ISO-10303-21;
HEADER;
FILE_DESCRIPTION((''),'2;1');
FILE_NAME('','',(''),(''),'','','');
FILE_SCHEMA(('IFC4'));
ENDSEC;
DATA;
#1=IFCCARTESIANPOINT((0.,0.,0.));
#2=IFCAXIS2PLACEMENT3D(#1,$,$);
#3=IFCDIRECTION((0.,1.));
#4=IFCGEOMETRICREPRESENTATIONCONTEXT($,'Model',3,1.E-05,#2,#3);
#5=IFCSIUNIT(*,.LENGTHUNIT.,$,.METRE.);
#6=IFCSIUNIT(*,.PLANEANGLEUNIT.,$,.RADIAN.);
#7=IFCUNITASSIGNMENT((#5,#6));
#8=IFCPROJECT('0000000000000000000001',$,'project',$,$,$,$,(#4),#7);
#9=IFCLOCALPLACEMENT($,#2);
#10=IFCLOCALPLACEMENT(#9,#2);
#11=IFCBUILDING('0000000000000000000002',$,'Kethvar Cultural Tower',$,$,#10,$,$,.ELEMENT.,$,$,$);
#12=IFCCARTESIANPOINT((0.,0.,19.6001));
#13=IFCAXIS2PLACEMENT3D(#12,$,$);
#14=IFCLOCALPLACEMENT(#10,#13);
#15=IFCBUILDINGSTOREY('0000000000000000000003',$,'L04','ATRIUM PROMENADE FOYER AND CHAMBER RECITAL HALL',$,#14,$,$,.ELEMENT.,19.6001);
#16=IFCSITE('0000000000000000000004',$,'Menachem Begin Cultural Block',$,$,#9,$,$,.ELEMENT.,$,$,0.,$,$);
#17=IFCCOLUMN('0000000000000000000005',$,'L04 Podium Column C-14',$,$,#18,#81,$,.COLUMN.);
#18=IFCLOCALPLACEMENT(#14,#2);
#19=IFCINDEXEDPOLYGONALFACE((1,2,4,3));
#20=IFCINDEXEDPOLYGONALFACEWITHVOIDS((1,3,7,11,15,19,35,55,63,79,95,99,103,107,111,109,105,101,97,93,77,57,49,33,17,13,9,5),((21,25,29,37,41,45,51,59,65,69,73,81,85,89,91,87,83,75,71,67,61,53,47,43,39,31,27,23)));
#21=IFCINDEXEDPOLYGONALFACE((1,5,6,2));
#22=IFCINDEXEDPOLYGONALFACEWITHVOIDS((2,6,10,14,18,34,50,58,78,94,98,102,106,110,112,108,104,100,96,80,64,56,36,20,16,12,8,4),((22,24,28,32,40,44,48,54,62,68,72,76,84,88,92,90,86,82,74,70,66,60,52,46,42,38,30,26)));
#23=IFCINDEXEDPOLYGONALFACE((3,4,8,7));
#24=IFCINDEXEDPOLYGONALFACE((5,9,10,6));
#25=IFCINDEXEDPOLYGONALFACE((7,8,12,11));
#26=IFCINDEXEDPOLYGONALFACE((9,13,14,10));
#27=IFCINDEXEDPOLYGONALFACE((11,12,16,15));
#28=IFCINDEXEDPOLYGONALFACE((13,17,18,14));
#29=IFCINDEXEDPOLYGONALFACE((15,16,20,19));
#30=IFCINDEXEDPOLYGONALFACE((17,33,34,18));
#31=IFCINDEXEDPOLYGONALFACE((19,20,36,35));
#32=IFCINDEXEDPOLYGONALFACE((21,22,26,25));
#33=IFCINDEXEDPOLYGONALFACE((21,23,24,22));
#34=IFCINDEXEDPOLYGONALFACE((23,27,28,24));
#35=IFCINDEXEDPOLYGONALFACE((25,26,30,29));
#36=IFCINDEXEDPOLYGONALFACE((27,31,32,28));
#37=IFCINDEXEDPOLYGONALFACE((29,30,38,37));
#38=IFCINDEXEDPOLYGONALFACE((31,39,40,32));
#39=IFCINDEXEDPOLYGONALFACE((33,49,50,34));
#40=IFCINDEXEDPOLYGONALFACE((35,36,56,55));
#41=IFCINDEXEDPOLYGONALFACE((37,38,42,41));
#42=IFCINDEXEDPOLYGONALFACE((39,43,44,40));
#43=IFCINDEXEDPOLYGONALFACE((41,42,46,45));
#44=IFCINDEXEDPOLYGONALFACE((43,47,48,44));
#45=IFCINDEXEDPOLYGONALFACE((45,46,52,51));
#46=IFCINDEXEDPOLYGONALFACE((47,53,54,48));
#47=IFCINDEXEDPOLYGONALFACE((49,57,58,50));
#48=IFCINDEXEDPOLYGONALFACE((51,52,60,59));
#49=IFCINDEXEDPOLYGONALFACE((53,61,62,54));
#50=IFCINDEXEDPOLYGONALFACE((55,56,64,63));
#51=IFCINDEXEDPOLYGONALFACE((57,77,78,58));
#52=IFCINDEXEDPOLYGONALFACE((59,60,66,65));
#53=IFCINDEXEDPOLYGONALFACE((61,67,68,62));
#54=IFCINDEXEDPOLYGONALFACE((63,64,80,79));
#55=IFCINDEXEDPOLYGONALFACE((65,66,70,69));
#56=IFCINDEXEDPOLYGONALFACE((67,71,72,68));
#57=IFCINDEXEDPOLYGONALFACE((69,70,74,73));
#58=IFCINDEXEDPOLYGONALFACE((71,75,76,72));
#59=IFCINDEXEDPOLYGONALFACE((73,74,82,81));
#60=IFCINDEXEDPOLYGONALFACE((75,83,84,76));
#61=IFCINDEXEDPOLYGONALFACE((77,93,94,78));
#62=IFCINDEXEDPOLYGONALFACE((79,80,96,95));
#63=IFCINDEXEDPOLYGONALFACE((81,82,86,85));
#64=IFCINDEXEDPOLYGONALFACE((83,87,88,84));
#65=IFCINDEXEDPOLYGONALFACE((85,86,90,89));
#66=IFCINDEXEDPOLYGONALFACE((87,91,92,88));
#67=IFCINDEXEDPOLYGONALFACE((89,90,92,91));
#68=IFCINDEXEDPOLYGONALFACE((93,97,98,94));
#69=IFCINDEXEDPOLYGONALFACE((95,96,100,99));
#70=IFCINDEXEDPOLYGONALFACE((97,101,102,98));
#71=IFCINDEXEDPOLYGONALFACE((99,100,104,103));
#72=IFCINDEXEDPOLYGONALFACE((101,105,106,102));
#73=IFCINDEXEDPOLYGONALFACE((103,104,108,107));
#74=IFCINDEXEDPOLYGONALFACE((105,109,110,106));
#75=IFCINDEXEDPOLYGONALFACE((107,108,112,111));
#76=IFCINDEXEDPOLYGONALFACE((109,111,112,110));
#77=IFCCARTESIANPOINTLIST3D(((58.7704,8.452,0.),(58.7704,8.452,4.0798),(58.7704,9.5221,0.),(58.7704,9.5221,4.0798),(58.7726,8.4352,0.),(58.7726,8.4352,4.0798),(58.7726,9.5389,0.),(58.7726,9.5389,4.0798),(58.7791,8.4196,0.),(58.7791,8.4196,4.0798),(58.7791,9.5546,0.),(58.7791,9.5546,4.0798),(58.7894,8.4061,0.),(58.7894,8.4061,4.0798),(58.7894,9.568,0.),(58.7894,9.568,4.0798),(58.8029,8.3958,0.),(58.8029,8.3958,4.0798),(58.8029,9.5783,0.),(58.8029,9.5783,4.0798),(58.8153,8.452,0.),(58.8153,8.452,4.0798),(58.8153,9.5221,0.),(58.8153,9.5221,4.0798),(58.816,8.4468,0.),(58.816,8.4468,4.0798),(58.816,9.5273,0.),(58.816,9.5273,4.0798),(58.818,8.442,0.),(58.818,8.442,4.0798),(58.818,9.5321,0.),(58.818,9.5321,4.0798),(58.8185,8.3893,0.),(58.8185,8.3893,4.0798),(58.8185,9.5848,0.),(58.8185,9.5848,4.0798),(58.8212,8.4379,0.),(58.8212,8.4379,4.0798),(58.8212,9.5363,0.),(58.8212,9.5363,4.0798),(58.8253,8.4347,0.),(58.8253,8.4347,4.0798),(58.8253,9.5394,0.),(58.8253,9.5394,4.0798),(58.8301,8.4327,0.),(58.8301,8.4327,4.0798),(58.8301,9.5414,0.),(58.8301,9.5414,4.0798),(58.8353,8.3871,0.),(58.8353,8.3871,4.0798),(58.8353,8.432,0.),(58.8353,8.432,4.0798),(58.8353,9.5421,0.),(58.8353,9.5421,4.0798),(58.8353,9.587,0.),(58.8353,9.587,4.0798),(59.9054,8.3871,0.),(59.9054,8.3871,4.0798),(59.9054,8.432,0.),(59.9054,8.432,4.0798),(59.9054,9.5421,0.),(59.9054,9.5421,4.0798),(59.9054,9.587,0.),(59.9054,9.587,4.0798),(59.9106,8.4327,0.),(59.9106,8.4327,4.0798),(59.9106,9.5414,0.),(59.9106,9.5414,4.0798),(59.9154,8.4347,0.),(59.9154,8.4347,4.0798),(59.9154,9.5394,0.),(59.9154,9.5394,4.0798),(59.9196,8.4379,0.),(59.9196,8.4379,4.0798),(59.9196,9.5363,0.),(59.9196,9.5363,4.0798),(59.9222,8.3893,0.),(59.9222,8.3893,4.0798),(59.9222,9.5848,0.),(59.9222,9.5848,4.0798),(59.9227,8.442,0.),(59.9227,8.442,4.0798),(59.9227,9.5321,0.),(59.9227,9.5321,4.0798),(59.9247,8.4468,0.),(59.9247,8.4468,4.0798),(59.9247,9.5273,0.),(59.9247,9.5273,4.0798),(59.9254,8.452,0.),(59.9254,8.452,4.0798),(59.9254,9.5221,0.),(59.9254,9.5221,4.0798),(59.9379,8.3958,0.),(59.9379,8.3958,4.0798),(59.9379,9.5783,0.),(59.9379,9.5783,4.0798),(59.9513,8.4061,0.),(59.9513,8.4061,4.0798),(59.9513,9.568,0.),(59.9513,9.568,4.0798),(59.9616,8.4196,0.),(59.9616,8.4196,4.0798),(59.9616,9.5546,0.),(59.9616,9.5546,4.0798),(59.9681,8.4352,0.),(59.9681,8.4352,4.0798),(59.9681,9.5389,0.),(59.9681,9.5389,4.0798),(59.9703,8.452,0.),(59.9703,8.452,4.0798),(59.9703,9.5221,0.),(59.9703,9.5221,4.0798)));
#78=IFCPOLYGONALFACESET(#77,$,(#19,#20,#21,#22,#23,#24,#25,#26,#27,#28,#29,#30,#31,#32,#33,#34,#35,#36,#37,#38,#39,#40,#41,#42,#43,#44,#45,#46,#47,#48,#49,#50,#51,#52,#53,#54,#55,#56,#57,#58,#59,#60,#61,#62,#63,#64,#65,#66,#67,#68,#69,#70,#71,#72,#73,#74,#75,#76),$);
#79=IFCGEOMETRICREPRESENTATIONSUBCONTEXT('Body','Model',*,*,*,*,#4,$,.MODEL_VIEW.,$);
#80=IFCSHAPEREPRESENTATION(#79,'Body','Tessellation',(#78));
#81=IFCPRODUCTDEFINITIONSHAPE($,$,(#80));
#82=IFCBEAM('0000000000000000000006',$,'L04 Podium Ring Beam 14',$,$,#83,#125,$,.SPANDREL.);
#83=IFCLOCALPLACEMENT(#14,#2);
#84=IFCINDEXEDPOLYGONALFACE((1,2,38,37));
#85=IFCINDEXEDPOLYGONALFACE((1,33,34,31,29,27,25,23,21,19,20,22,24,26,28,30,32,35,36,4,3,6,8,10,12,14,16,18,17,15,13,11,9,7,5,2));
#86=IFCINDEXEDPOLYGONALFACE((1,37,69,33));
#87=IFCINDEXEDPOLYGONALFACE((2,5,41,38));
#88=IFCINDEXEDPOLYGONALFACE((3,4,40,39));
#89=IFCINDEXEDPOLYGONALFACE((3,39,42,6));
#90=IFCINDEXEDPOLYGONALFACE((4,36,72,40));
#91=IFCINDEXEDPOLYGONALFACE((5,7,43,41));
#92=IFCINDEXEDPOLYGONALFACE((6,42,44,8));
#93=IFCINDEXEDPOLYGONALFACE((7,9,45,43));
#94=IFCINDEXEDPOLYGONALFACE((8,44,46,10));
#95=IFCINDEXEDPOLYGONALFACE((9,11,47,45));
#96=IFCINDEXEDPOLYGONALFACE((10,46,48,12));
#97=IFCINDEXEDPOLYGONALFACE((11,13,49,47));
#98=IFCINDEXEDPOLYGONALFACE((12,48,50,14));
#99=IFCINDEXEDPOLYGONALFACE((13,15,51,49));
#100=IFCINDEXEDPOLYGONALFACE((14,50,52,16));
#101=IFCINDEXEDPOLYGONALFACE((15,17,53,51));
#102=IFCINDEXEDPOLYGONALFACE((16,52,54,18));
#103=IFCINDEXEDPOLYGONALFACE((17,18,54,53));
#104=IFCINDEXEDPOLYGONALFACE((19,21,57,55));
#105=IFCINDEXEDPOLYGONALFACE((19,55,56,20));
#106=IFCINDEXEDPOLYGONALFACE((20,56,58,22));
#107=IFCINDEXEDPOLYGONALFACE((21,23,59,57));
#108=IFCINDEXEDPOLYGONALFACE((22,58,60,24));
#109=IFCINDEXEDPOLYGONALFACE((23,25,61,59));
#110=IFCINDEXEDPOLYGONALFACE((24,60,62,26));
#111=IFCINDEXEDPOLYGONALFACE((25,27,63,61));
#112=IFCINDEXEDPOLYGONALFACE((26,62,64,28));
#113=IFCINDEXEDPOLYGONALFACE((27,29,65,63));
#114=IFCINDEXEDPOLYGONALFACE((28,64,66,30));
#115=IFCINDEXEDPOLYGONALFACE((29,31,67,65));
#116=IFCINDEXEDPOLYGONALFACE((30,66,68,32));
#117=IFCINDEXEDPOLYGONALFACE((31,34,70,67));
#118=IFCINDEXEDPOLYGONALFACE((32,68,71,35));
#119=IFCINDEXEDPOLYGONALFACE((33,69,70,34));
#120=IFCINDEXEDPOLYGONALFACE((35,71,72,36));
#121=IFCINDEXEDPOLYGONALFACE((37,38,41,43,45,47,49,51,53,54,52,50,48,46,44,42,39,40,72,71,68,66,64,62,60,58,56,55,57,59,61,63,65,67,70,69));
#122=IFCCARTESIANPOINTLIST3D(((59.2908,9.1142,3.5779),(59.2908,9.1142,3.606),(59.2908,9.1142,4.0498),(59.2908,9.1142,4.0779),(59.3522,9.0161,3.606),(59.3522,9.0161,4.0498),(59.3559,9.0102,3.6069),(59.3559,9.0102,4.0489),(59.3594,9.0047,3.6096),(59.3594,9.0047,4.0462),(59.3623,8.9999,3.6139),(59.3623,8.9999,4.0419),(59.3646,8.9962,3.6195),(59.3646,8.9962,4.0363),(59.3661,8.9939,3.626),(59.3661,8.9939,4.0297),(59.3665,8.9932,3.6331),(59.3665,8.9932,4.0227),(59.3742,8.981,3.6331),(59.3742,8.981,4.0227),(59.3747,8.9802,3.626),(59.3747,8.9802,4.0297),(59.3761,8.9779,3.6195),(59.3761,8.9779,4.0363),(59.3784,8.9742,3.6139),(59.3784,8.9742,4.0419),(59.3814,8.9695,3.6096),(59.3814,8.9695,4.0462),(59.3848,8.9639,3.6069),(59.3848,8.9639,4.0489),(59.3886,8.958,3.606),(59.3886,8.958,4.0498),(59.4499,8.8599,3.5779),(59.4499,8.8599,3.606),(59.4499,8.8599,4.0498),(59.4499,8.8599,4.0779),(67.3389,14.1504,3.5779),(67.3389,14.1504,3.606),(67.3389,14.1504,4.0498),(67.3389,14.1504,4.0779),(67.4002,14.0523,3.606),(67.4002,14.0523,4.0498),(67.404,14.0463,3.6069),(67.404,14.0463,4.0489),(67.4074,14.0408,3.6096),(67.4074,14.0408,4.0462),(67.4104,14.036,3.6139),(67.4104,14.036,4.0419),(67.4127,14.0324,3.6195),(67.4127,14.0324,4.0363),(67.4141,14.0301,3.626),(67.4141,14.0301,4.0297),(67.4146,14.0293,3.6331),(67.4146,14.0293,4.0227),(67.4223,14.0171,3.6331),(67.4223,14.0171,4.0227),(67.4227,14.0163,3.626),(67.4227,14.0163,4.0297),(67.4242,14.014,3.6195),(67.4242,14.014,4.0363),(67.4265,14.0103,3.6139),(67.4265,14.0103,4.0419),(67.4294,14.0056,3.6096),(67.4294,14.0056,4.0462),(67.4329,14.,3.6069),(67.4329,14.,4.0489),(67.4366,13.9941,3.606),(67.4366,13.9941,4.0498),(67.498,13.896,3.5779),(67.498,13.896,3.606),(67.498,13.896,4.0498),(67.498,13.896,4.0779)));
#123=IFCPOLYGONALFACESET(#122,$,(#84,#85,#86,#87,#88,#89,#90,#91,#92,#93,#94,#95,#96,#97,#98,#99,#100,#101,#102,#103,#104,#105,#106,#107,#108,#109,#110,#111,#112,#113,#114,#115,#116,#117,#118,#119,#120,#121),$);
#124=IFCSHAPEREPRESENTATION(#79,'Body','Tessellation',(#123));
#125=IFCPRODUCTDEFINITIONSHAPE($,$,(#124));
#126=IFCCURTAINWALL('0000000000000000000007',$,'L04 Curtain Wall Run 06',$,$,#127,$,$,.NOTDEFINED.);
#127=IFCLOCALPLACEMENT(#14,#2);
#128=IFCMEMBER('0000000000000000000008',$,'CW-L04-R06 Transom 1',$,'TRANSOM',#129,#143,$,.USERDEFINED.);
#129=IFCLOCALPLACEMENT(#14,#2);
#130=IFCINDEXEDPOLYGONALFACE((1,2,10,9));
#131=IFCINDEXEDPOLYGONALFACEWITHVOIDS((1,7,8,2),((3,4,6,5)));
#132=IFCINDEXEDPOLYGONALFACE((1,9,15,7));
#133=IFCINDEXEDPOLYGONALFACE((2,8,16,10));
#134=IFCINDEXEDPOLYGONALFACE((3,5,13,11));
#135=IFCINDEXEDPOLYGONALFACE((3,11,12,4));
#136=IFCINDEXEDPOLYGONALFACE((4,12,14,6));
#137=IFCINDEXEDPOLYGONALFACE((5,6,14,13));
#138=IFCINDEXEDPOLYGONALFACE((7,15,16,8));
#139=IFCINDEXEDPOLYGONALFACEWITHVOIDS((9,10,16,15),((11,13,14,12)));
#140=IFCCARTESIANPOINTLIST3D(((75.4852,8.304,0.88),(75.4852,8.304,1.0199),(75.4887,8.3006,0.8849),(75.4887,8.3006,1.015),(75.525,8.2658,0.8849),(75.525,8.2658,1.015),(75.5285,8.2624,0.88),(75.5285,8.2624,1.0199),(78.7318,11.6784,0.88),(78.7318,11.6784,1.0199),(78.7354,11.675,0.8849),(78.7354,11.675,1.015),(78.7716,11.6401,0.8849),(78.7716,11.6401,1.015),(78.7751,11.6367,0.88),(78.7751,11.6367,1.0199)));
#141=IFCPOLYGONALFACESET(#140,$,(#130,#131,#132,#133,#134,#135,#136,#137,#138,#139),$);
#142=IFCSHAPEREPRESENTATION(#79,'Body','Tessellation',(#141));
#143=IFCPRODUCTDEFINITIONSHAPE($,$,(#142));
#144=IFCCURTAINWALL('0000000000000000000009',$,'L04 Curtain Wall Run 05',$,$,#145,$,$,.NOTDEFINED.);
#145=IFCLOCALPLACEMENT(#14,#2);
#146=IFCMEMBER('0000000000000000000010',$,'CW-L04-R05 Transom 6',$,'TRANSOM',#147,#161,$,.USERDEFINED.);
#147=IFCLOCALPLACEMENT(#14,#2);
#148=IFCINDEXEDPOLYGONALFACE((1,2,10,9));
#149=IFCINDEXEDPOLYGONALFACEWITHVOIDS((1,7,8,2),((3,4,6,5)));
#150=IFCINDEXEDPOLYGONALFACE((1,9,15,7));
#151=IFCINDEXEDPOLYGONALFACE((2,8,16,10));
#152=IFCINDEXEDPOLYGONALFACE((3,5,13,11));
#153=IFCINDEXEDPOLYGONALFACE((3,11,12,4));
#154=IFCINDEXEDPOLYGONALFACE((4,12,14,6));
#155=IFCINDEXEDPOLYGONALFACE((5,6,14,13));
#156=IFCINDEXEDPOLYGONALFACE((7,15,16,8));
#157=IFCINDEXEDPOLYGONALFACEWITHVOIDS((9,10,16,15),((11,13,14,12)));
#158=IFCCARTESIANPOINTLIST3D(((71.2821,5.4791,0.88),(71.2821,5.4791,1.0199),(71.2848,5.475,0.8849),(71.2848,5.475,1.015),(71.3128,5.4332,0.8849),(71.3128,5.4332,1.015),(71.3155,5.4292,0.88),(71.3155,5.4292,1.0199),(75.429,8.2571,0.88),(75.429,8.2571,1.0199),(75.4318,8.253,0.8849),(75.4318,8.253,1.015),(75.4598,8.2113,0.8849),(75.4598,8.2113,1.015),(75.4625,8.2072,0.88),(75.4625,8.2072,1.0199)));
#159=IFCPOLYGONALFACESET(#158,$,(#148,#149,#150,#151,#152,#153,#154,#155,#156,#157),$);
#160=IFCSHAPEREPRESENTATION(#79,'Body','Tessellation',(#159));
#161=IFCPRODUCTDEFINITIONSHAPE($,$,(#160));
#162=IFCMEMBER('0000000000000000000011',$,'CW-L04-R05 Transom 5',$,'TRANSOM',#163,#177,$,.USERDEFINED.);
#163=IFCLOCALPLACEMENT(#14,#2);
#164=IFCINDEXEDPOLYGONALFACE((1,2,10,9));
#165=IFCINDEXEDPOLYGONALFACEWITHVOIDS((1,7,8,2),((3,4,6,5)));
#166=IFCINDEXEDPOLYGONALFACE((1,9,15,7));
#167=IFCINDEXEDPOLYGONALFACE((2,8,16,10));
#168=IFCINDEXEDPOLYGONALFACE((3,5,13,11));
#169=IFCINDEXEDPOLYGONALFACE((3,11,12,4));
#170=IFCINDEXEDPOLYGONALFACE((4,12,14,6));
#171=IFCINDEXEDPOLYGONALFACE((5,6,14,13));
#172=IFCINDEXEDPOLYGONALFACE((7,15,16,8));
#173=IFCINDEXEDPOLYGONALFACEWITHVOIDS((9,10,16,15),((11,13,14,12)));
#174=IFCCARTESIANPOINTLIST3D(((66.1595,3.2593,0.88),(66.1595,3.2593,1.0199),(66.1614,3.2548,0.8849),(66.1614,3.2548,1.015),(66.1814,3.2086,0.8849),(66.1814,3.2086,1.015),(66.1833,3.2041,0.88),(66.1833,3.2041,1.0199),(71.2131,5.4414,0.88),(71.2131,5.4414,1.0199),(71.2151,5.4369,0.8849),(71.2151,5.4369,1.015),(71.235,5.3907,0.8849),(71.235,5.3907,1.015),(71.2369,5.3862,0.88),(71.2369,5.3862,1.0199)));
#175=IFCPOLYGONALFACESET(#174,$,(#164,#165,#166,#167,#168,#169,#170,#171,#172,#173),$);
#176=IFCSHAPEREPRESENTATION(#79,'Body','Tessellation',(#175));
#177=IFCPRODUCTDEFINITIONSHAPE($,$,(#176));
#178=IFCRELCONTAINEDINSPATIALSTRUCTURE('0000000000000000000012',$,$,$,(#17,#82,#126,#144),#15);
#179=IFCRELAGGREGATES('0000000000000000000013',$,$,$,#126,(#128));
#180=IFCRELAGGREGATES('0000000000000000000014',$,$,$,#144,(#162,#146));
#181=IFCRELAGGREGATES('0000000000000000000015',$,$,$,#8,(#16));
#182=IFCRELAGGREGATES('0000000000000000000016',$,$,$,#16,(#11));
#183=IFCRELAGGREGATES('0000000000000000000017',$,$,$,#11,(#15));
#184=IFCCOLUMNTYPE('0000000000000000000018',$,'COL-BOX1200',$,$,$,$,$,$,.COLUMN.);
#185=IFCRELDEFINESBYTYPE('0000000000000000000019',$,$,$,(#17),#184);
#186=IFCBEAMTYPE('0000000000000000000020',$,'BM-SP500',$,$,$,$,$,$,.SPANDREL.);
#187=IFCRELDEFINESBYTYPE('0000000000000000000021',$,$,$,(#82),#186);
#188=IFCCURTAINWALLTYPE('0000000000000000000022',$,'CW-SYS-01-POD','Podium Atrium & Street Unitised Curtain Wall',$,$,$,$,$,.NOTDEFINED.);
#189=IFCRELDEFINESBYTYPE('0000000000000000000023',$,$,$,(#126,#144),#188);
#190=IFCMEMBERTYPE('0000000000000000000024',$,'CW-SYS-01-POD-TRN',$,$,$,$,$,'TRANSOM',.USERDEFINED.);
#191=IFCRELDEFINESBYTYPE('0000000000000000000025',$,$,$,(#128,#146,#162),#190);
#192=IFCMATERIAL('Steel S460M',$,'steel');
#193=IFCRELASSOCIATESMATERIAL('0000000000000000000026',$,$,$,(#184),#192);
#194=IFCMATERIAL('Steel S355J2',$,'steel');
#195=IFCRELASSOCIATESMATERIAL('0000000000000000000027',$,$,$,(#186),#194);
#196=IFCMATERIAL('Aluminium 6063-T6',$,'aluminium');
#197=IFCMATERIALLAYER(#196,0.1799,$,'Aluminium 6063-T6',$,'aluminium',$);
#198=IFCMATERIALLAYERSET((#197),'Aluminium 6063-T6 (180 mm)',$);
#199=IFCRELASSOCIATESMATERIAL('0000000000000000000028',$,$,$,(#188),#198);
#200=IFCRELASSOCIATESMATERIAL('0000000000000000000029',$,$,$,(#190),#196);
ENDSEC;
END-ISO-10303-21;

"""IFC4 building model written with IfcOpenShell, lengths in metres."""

from ifc_helpers import new_model, si_unit, direction, frame, origin, origin_2d, place, context, subcontext, project, spatial, hollow_rectangle, i_section, extrude, source, transform, mapped, material, layer, layer_set, material_profile, profile_set, type_object, element, aggregate, save


model = new_model("IFC4")

# Units and contexts
model_context = context("Model", 3, precision=1e-05, world=origin(), true_north=direction((0.0, 1.0)))
body_context = subcontext(model_context, "Body", "Model", "MODEL_VIEW")
ifc_project = project(units=[si_unit("LENGTHUNIT", "METRE"), si_unit("PLANEANGLEUNIT", "RADIAN")], contexts=[model_context])

# Site, building, storey
site_placement = place(None, origin())
site = spatial("IfcSite", under=ifc_project, at=site_placement, Name="Menachem Begin Cultural Block", CompositionType="ELEMENT", RefElevation=0.0)
building_placement = place(site_placement, origin())
building = spatial("IfcBuilding", under=site, at=building_placement, Name="Kethvar Cultural Tower", CompositionType="ELEMENT")
storey_placement = place(building_placement, frame((0.0, 0.0, 19.6001)))
storey = spatial("IfcBuildingStorey", under=building, at=storey_placement, Name="L04", Description="ATRIUM PROMENADE FOYER AND CHAMBER RECITAL HALL", CompositionType="ELEMENT", Elevation=19.6001)

# Column
ifc_material_1 = material(Name="Steel S460M", Category="steel")
ifc_material_profile_1 = material_profile(ifc_material_1, hollow_rectangle(XDim=1.2, YDim=1.2, WallThickness=0.0449, InnerFilletRadius=0.02, OuterFilletRadius=0.0649, at=origin_2d()), Name="Steel S460M — BOX1200x1200x45")
ifc_profile_set_1 = profile_set([ifc_material_profile_1], Name="Steel S460M — BOX1200x1200x45")
column_type = type_object("IfcColumnType", Name="COL-BOX1200", PredefinedType="COLUMN", material=ifc_profile_set_1)
shared_shape_1 = source(origin(), body_context, "Body", "SweptSolid", [
    extrude(hollow_rectangle(XDim=1.2, YDim=1.2, WallThickness=0.0449, InnerFilletRadius=0.02, OuterFilletRadius=0.0649, at=origin_2d()), origin(), (0.0, 0.0, 1.0), 4.0798),
])
column_placement = place(storey_placement, frame((59.3704, 8.9871, 0.0), z_axis=(0.0, 0.0, 1.0), x_axis=(1.0, 0.0, 0.0)))
element("IfcColumn", 1, at=column_placement, inside=storey, type_object=column_type, Name="L04 Podium Column C-14", PredefinedType="COLUMN", context=body_context, shape_type="MappedRepresentation", body=[
    mapped(shared_shape_1, transform((0.0, 0.0, 0.0), scale=1.0)),
])

# Beam
ifc_material_2 = material(Name="Steel S355J2", Category="steel")
ifc_material_profile_2 = material_profile(ifc_material_2, i_section(OverallWidth=0.3, OverallDepth=0.5, WebThickness=0.0144, FlangeThickness=0.0281, FilletRadius=0.0271, at=origin_2d()), Name="Steel S355J2 — HEB500")
ifc_profile_set_2 = profile_set([ifc_material_profile_2], Name="Steel S355J2 — HEB500")
beam_type = type_object("IfcBeamType", Name="BM-SP500", PredefinedType="SPANDREL", material=ifc_profile_set_2)
shared_shape_2 = source(origin(), body_context, "Body", "SweptSolid", [
    extrude(i_section(OverallWidth=0.3, OverallDepth=0.5, WebThickness=0.0144, FlangeThickness=0.0281, FilletRadius=0.0271, at=origin_2d()), origin(), (0.0, 0.0, 1.0), 9.4939),
])
beam_placement = place(storey_placement, frame((59.3704, 8.9871, 3.8279), z_axis=(0.847711, 0.530459, 0.0), x_axis=(-0.530459, 0.847711, 0.0)))
element("IfcBeam", 2, at=beam_placement, inside=storey, type_object=beam_type, Name="L04 Podium Ring Beam 14", PredefinedType="SPANDREL", context=body_context, shape_type="MappedRepresentation", body=[
    mapped(shared_shape_2, transform((0.0, 0.0, 0.0), scale=1.0)),
])

# Curtain wall, member
ifc_material_3 = material(Name="Aluminium 6063-T6", Category="aluminium")
ifc_layer_1 = layer(ifc_material_3, 0.1799, Name="Aluminium 6063-T6", Category="aluminium")
ifc_layer_set_1 = layer_set([ifc_layer_1], Name="Aluminium 6063-T6 (180 mm)")
curtain_wall_type = type_object("IfcCurtainWallType", Name="CW-SYS-01-POD", Description="Podium Atrium & Street Unitised Curtain Wall", PredefinedType="NOTDEFINED", material=ifc_layer_set_1)
curtain_wall_1_placement = place(storey_placement, origin())
curtain_wall_1 = element("IfcCurtainWall", 3, at=curtain_wall_1_placement, inside=storey, type_object=curtain_wall_type, Name="L04 Curtain Wall Run 06", PredefinedType="NOTDEFINED")
ifc_material_profile_3 = material_profile(ifc_material_3, hollow_rectangle(XDim=0.0601, YDim=0.1399, WallThickness=0.0049, at=origin_2d()), Name="Aluminium 6063-T6 — RHS140x60x5")
ifc_profile_set_3 = profile_set([ifc_material_profile_3], Name="Aluminium 6063-T6 — RHS140x60x5")
member_type_1 = type_object("IfcMemberType", Name="CW-SYS-01-POD-TRN", ElementType="TRANSOM", PredefinedType="USERDEFINED", material=ifc_profile_set_3)
shared_shape_3 = source(origin(), body_context, "Body", "SweptSolid", [
    extrude(hollow_rectangle(XDim=0.0601, YDim=0.1399, WallThickness=0.0049, at=origin_2d()), origin(), (0.0, 0.0, 1.0), 4.6826),
])
member_1_placement = place(storey_placement, frame((75.5068, 8.2832, 0.95), z_axis=(0.693341, 0.72061, 0.0), x_axis=(-0.72061, 0.693341, 0.0)))
member_1 = element("IfcMember", 4, at=member_1_placement, type_object=member_type_1, Name="CW-L04-R06 Transom 1", ObjectType="TRANSOM", PredefinedType="USERDEFINED", context=body_context, shape_type="MappedRepresentation", body=[
    mapped(shared_shape_3, transform((0.0, 0.0, 0.0), scale=1.0)),
])

# Curtain wall, members
curtain_wall_2_placement = place(storey_placement, origin())
curtain_wall_2 = element("IfcCurtainWall", 5, at=curtain_wall_2_placement, inside=storey, type_object=curtain_wall_type, Name="L04 Curtain Wall Run 05", PredefinedType="NOTDEFINED")
shared_shape_4 = source(origin(), body_context, "Body", "SweptSolid", [
    extrude(hollow_rectangle(XDim=0.0601, YDim=0.1399, WallThickness=0.0049, at=origin_2d()), origin(), (0.0, 0.0, 1.0), 4.9915),
])
member_2_placement = place(storey_placement, frame((71.2988, 5.4541, 0.95), z_axis=(0.830807, 0.556561, 0.0), x_axis=(-0.556561, 0.830807, 0.0)))
member_2 = element("IfcMember", 6, at=member_2_placement, type_object=member_type_1, Name="CW-L04-R05 Transom 6", ObjectType="TRANSOM", PredefinedType="USERDEFINED", context=body_context, shape_type="MappedRepresentation", body=[
    mapped(shared_shape_4, transform((0.0, 0.0, 0.0), scale=1.0)),
])
shared_shape_5 = source(origin(), body_context, "Body", "SweptSolid", [
    extrude(hollow_rectangle(XDim=0.0601, YDim=0.1399, WallThickness=0.0049, at=origin_2d()), origin(), (0.0, 0.0, 1.0), 5.5046),
])
member_3_placement = place(storey_placement, frame((66.1714, 3.2317, 0.95), z_axis=(0.918073, 0.396412, 0.0), x_axis=(-0.396412, 0.918073, 0.0)))
member_3 = element("IfcMember", 7, at=member_3_placement, type_object=member_type_1, Name="CW-L04-R05 Transom 5", ObjectType="TRANSOM", PredefinedType="USERDEFINED", context=body_context, shape_type="MappedRepresentation", body=[
    mapped(shared_shape_5, transform((0.0, 0.0, 0.0), scale=1.0)),
])

aggregate(curtain_wall_1, [member_1])
aggregate(curtain_wall_2, [member_3, member_2])

save(model, "model.ifc")
